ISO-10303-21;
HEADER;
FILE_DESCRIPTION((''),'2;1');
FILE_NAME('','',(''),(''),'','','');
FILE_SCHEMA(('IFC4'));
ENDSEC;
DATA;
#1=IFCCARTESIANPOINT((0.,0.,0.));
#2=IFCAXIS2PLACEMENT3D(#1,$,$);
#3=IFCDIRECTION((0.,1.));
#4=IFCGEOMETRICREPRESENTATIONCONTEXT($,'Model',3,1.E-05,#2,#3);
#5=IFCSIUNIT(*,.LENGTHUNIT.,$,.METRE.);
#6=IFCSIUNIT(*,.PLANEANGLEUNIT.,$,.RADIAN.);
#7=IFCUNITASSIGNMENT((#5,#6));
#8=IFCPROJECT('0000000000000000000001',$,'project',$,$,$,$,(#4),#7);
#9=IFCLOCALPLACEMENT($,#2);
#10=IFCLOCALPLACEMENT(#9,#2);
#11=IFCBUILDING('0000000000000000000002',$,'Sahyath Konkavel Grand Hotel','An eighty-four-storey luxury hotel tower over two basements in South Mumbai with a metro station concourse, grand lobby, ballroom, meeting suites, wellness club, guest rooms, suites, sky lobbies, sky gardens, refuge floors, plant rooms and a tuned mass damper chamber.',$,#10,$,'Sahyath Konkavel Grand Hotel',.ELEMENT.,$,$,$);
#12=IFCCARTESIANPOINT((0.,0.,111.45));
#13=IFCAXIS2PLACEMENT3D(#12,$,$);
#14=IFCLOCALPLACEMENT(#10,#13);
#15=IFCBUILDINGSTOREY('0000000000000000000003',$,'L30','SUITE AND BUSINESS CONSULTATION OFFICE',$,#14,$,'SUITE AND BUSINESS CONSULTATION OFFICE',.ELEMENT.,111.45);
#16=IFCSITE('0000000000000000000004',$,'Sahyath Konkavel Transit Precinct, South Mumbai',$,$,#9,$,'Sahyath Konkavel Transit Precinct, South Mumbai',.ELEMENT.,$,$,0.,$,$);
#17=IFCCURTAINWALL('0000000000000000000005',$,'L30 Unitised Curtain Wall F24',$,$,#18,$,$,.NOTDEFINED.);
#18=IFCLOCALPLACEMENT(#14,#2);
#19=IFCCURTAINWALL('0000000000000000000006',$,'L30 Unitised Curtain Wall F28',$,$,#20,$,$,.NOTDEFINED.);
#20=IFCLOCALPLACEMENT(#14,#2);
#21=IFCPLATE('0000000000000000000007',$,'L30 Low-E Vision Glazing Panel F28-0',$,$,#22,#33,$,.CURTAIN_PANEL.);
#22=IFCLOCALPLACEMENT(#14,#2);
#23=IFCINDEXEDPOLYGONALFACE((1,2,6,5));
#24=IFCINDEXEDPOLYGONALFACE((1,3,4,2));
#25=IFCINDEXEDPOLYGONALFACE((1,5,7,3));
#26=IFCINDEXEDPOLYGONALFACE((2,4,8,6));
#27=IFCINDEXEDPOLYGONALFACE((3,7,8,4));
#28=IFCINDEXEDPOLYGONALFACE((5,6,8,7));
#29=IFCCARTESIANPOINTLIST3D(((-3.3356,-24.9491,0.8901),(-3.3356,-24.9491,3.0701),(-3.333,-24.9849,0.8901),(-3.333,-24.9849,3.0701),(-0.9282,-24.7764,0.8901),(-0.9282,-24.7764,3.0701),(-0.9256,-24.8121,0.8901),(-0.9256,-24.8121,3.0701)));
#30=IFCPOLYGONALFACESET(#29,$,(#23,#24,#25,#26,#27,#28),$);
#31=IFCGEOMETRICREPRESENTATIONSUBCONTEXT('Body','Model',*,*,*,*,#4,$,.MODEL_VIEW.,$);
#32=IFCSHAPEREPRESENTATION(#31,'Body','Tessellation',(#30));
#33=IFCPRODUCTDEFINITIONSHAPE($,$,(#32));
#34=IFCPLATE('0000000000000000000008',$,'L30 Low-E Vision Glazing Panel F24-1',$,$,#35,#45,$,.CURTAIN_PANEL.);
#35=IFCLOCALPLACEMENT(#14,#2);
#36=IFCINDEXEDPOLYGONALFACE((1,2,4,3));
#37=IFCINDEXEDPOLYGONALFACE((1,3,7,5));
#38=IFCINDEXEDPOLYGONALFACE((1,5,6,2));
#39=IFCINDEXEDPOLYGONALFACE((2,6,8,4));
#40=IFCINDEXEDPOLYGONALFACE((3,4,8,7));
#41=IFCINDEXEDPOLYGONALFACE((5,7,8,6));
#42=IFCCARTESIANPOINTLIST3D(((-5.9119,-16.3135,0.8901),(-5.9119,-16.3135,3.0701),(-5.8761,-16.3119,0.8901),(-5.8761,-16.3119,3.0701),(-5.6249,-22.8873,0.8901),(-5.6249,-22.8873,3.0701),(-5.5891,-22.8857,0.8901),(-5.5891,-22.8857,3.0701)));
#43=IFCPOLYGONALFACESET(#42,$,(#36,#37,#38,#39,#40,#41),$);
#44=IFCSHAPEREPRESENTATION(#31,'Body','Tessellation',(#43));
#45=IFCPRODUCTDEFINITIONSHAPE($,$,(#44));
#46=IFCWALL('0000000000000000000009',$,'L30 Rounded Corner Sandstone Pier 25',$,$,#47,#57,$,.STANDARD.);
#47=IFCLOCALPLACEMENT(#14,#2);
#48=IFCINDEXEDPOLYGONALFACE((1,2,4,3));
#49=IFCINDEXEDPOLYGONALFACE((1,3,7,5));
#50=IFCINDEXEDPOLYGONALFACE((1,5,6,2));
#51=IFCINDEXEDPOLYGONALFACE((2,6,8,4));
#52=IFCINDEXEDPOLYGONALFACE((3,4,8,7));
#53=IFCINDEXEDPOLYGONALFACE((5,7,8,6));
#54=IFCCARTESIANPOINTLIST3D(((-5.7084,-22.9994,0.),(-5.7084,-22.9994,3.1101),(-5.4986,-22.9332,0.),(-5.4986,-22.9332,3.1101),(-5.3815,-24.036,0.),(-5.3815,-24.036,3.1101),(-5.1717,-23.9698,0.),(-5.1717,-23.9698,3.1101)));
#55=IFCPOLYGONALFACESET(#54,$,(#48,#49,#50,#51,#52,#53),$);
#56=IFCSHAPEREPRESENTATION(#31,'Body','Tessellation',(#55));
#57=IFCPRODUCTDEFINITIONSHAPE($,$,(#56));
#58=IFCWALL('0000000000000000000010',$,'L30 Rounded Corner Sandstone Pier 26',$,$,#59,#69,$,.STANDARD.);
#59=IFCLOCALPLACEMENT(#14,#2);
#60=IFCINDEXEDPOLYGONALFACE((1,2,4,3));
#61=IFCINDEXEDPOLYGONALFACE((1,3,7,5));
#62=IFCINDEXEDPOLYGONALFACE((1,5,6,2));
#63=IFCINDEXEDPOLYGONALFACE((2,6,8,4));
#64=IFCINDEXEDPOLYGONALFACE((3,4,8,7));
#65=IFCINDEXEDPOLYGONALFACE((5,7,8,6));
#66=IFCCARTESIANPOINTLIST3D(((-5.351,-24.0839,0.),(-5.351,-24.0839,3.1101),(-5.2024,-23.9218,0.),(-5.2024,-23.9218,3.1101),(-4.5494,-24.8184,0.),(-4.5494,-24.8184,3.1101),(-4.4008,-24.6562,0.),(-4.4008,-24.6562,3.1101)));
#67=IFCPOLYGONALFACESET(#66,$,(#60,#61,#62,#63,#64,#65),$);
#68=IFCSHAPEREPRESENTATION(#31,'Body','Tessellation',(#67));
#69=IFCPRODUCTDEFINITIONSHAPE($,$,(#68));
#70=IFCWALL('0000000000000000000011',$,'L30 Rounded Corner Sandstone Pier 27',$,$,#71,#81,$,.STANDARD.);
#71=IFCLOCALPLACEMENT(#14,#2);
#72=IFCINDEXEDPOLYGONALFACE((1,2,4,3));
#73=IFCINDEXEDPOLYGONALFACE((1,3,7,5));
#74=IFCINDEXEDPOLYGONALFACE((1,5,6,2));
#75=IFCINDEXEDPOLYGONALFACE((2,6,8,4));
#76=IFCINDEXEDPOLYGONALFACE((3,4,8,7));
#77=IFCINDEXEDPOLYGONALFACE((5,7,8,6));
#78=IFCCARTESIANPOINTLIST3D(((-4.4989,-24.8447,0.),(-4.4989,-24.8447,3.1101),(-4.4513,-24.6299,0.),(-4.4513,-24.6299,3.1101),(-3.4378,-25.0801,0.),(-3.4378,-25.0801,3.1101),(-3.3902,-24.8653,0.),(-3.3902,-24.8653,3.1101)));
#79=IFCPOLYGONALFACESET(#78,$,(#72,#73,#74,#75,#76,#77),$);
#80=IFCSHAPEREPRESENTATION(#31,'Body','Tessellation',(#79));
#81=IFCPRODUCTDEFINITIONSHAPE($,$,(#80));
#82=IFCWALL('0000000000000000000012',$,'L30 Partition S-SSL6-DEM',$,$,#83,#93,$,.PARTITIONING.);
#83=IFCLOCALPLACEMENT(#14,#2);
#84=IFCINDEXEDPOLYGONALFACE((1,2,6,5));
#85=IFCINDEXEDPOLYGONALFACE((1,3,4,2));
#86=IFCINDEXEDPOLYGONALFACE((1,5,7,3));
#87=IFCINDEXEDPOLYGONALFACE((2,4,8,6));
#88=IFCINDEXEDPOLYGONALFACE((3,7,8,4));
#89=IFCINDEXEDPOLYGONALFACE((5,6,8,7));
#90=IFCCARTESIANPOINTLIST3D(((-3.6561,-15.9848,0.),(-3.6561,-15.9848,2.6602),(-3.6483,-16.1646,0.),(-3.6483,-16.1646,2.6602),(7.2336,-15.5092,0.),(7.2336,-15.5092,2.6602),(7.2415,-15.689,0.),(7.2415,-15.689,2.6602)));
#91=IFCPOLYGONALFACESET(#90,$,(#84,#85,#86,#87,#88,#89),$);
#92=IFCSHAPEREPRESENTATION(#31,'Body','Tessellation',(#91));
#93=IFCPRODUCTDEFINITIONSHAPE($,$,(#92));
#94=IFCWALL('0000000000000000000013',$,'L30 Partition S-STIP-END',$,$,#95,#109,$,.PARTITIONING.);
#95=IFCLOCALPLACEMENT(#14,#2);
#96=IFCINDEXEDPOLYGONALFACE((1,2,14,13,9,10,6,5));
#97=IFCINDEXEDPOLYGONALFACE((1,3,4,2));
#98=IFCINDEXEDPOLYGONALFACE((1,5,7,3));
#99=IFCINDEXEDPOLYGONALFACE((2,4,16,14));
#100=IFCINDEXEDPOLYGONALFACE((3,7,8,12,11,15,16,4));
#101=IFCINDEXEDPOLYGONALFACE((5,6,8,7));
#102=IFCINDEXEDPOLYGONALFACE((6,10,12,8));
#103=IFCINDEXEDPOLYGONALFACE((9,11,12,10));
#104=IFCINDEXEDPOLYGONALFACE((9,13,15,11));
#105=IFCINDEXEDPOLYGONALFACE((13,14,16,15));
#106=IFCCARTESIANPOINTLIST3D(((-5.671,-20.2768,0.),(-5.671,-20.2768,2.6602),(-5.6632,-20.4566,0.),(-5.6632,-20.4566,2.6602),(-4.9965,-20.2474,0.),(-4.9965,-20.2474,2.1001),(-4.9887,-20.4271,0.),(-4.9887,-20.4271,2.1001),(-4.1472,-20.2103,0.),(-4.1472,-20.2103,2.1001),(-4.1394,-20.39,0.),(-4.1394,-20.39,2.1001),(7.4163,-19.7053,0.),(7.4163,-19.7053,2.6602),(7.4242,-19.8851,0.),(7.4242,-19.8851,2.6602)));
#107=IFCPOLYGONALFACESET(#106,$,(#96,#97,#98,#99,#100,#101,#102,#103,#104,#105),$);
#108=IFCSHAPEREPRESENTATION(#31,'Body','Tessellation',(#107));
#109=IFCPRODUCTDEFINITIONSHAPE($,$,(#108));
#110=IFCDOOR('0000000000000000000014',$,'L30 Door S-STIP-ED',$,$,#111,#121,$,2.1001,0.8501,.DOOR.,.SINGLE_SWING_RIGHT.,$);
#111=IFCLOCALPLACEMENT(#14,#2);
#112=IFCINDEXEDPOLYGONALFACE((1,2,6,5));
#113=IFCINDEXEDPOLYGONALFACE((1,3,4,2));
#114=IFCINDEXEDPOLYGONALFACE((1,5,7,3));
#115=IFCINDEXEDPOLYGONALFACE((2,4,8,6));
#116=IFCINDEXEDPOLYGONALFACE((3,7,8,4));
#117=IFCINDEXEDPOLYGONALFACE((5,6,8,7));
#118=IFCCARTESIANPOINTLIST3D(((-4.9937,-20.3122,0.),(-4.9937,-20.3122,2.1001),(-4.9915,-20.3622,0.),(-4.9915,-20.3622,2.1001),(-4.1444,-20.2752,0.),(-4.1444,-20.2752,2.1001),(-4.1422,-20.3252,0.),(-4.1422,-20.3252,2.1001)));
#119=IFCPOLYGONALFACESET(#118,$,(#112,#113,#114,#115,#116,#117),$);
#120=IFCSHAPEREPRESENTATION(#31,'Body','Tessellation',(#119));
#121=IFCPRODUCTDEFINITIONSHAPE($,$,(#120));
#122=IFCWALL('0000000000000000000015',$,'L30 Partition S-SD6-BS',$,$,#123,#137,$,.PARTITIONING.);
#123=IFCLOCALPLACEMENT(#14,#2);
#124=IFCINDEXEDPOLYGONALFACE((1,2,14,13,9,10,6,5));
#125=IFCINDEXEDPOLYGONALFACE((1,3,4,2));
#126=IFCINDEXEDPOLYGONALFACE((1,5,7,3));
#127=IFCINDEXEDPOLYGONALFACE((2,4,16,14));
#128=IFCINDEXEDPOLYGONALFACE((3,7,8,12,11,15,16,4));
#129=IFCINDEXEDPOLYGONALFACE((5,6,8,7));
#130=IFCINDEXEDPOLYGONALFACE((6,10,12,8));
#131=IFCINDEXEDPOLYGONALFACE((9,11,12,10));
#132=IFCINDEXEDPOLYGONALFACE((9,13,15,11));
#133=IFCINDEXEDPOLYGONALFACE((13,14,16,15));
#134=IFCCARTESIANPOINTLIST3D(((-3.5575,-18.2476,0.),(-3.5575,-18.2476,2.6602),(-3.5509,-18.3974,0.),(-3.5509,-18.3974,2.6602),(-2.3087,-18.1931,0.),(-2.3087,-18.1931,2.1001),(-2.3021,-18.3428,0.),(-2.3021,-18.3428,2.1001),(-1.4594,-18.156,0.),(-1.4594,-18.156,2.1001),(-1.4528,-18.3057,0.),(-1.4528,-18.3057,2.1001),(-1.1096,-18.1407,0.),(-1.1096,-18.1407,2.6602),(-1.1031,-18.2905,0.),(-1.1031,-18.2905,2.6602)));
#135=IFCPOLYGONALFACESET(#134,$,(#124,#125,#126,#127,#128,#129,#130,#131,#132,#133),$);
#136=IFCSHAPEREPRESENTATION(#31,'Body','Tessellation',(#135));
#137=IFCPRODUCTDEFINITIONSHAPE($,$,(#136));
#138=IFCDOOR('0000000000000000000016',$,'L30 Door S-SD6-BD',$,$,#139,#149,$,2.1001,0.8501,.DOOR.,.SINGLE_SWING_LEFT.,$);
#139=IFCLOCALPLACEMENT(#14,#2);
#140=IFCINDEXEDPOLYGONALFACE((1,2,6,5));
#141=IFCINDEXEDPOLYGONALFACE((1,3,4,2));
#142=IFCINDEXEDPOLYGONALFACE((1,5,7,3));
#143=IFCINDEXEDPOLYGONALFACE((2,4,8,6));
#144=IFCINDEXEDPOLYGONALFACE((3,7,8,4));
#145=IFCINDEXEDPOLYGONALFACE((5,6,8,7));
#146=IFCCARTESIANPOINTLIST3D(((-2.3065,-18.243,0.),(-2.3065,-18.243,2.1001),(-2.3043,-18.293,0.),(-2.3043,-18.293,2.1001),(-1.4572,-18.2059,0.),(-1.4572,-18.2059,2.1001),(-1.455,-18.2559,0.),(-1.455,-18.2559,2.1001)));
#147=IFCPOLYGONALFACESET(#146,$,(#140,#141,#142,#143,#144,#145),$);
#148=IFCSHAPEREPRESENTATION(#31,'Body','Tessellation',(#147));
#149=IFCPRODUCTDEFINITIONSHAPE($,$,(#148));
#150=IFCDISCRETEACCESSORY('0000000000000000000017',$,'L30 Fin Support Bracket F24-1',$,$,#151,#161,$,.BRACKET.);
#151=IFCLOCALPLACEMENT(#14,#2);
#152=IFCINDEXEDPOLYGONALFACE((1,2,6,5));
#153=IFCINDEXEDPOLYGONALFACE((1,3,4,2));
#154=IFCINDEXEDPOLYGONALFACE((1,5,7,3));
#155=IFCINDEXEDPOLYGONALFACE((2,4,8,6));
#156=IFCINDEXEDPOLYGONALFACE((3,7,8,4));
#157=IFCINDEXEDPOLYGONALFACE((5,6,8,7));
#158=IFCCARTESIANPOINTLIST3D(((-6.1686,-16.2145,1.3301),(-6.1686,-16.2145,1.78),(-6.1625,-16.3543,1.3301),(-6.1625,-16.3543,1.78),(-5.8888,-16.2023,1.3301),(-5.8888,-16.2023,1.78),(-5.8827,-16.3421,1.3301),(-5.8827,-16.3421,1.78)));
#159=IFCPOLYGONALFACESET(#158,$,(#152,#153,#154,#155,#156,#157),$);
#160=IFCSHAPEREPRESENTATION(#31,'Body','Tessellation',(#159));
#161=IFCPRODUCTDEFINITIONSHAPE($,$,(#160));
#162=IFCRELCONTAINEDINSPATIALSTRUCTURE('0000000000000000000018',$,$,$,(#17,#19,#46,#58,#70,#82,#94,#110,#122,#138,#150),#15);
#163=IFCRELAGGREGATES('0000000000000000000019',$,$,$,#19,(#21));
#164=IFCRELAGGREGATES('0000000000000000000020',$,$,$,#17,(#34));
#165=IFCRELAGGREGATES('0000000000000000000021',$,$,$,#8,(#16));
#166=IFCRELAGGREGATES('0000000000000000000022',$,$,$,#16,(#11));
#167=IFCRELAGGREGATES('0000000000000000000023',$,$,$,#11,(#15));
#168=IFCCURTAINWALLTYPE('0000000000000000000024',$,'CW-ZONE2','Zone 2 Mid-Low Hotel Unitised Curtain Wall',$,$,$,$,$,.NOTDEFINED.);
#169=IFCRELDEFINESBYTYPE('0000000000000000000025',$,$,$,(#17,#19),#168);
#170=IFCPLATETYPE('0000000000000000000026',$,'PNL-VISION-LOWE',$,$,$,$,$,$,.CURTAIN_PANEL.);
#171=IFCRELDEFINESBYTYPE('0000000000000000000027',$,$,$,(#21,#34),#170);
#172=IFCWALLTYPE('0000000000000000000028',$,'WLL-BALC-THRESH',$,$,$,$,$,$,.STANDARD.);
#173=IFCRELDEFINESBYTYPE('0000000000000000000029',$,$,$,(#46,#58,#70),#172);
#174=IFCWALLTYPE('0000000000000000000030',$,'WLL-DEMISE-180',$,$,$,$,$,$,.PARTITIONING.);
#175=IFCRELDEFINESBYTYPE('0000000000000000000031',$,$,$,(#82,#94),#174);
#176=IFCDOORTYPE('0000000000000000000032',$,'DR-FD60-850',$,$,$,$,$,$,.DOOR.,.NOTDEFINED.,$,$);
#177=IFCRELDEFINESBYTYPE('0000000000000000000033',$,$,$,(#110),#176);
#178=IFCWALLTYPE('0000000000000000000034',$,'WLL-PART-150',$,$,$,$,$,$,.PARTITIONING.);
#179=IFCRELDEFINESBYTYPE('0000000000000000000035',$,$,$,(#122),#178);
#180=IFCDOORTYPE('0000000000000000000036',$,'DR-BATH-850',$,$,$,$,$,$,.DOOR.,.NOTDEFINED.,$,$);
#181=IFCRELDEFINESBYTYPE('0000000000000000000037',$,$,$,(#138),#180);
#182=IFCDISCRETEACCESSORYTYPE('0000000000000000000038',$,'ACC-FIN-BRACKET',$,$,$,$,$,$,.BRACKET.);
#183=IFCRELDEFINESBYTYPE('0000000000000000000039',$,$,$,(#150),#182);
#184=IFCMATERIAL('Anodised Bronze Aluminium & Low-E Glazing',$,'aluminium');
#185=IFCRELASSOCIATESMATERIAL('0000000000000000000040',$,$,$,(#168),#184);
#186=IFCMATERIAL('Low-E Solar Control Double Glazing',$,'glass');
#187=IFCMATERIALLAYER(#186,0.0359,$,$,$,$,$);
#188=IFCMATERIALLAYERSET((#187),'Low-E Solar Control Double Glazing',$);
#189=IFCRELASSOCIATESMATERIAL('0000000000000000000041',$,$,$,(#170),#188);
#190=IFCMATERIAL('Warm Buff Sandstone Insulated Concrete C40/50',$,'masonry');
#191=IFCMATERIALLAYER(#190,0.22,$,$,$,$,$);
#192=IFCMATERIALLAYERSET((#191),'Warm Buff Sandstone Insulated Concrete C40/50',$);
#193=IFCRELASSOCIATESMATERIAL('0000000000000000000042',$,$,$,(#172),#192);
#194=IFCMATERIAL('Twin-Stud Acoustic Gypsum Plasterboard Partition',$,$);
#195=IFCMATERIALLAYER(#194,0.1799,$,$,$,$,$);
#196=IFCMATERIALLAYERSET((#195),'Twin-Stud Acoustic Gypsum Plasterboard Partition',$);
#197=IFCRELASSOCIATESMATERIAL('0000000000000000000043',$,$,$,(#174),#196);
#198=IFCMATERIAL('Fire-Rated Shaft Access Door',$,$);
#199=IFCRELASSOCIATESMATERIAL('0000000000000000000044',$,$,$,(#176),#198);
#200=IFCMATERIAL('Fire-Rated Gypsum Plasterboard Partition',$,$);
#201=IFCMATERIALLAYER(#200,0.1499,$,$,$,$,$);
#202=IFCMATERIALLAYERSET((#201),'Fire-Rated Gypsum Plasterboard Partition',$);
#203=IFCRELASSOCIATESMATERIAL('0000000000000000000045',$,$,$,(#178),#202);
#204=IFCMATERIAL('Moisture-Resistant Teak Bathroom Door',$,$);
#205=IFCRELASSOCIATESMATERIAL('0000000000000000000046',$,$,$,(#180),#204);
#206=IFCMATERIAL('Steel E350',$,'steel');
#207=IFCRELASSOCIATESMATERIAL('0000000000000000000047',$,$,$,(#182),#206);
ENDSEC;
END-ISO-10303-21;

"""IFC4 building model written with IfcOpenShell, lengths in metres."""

from ifc_helpers import new_model, si_unit, direction, frame, frame_2d, origin, origin_2d, place, context, subcontext, project, spatial, rectangle, extrude, source, transform, mapped, material, layer, layer_set, type_object, element, fill, aggregate, save


model = new_model("IFC4")

# Units and contexts
model_context = context("Model", 3, precision=1e-05, world=origin(), true_north=direction((0.0, 1.0)))
body_context = subcontext(model_context, "Body", "Model", "MODEL_VIEW")
ifc_project = project(units=[si_unit("LENGTHUNIT", "METRE"), si_unit("PLANEANGLEUNIT", "RADIAN")], contexts=[model_context])

# Site, building, storey
site_placement = place(None, origin())
site = spatial("IfcSite", under=ifc_project, at=site_placement, Name="Sahyath Konkavel Transit Precinct, South Mumbai", LongName="Sahyath Konkavel Transit Precinct, South Mumbai", CompositionType="ELEMENT", RefElevation=0.0)
building_placement = place(site_placement, origin())
building = spatial("IfcBuilding", under=site, at=building_placement, Name="Sahyath Konkavel Grand Hotel", Description="An eighty-four-storey luxury hotel tower over two basements in South Mumbai with a metro station concourse, grand lobby, ballroom, meeting suites, wellness club, guest rooms, suites, sky lobbies, sky gardens, refuge floors, plant rooms and a tuned mass damper chamber.", LongName="Sahyath Konkavel Grand Hotel", CompositionType="ELEMENT")
storey_placement = place(building_placement, frame((0.0, 0.0, 111.45)))
storey = spatial("IfcBuildingStorey", under=building, at=storey_placement, Name="L30", Description="SUITE AND BUSINESS CONSULTATION OFFICE", LongName="SUITE AND BUSINESS CONSULTATION OFFICE", CompositionType="ELEMENT", Elevation=111.45)

# Shared definitions
ifc_material_1 = material(Name="Steel E350", Category="steel")

# Curtain walls
ifc_material_2 = material(Name="Anodised Bronze Aluminium & Low-E Glazing", Category="aluminium")
curtain_wall_type = type_object("IfcCurtainWallType", Name="CW-ZONE2", Description="Zone 2 Mid-Low Hotel Unitised Curtain Wall", PredefinedType="NOTDEFINED", material=ifc_material_2)
curtain_wall_1_placement = place(storey_placement, origin())
curtain_wall_1 = element("IfcCurtainWall", 1, at=curtain_wall_1_placement, inside=storey, type_object=curtain_wall_type, Name="L30 Unitised Curtain Wall F24", PredefinedType="NOTDEFINED")
curtain_wall_2_placement = place(storey_placement, origin())
curtain_wall_2 = element("IfcCurtainWall", 2, at=curtain_wall_2_placement, inside=storey, type_object=curtain_wall_type, Name="L30 Unitised Curtain Wall F28", PredefinedType="NOTDEFINED")

# Plates
ifc_material_3 = material(Name="Low-E Solar Control Double Glazing", Category="glass")
ifc_layer_1 = layer(ifc_material_3, 0.0359)
ifc_layer_set_1 = layer_set([ifc_layer_1], Name="Low-E Solar Control Double Glazing")
plate_type_1 = type_object("IfcPlateType", Name="PNL-VISION-LOWE", PredefinedType="CURTAIN_PANEL", material=ifc_layer_set_1)
shared_shape_1 = source(origin(), body_context, "Body", "SweptSolid", [
    extrude(rectangle(XDim=2.4136, YDim=0.0359, at=origin_2d()), origin(), (0.0, 0.0, 1.0), 2.1799),
])
plate_1_placement = place(storey_placement, frame((-2.1306, -24.8806, 0.8901), z_axis=(0.0, 0.0, 1.0), x_axis=(0.997436, 0.071567, 0.0)))
plate_1 = element("IfcPlate", 3, at=plate_1_placement, type_object=plate_type_1, Name="L30 Low-E Vision Glazing Panel F28-0", PredefinedType="CURTAIN_PANEL", context=body_context, shape_type="MappedRepresentation", body=[
    mapped(shared_shape_1, transform((0.0, 0.0, 0.0), scale=1.0)),
])
aggregate(curtain_wall_2, [plate_1])
shared_shape_2 = source(origin(), body_context, "Body", "SweptSolid", [
    extrude(rectangle(XDim=6.5801, YDim=0.0359, at=origin_2d()), origin(), (0.0, 0.0, 1.0), 2.1799),
])
plate_2_placement = place(storey_placement, frame((-5.7505, -19.5996, 0.8901), z_axis=(0.0, 0.0, 1.0), x_axis=(0.043619, -0.999048, 0.0)))
plate_2 = element("IfcPlate", 4, at=plate_2_placement, type_object=plate_type_1, Name="L30 Low-E Vision Glazing Panel F24-1", PredefinedType="CURTAIN_PANEL", context=body_context, shape_type="MappedRepresentation", body=[
    mapped(shared_shape_2, transform((0.0, 0.0, 0.0), scale=1.0)),
])
aggregate(curtain_wall_1, [plate_2])

# Walls
ifc_material_4 = material(Name="Warm Buff Sandstone Insulated Concrete C40/50", Category="masonry")
ifc_layer_2 = layer(ifc_material_4, 0.22)
ifc_layer_set_2 = layer_set([ifc_layer_2], Name="Warm Buff Sandstone Insulated Concrete C40/50")
wall_type_1 = type_object("IfcWallType", Name="WLL-BALC-THRESH", PredefinedType="STANDARD", material=ifc_layer_set_2)
wall_1_placement = place(storey_placement, frame((-5.6035, -22.9663, 0.0), z_axis=(0.0, 0.0, 1.0), x_axis=(0.300755, -0.953701, 0.0)))
element("IfcWall", 5, at=wall_1_placement, inside=storey, type_object=wall_type_1, Name="L30 Rounded Corner Sandstone Pier 25", PredefinedType="STANDARD", context=body_context, shape_type="SweptSolid", body=[
    extrude(rectangle(XDim=1.0869, YDim=0.22, at=frame_2d((0.5435, 0.0))), origin(), (0.0, 0.0, 1.0), 3.1101),
])
wall_2_placement = place(storey_placement, frame((-5.2766, -24.0029, 0.0), z_axis=(0.0, 0.0, 1.0), x_axis=(0.737313, -0.675552, 0.0)))
element("IfcWall", 6, at=wall_2_placement, inside=storey, type_object=wall_type_1, Name="L30 Rounded Corner Sandstone Pier 26", PredefinedType="STANDARD", context=body_context, shape_type="SweptSolid", body=[
    extrude(rectangle(XDim=1.0872, YDim=0.22, at=frame_2d((0.5435, 0.0))), origin(), (0.0, 0.0, 1.0), 3.1101),
])
wall_3_placement = place(storey_placement, frame((-4.4751, -24.7373, 0.0), z_axis=(0.0, 0.0, 1.0), x_axis=(0.976272, -0.21655, 0.0)))
element("IfcWall", 7, at=wall_3_placement, inside=storey, type_object=wall_type_1, Name="L30 Rounded Corner Sandstone Pier 27", PredefinedType="STANDARD", context=body_context, shape_type="SweptSolid", body=[
    extrude(rectangle(XDim=1.0869, YDim=0.22, at=frame_2d((0.5435, 0.0))), origin(), (0.0, 0.0, 1.0), 3.1101),
])
ifc_material_5 = material(Name="Twin-Stud Acoustic Gypsum Plasterboard Partition")
ifc_layer_3 = layer(ifc_material_5, 0.1799)
ifc_layer_set_3 = layer_set([ifc_layer_3], Name="Twin-Stud Acoustic Gypsum Plasterboard Partition")
wall_type_2 = type_object("IfcWallType", Name="WLL-DEMISE-180", PredefinedType="PARTITIONING", material=ifc_layer_set_3)
wall_4_placement = place(storey_placement, frame((-3.6523, -16.0747, 0.0), z_axis=(0.0, 0.0, 1.0), x_axis=(0.999048, 0.043632, 0.0)))
element("IfcWall", 8, at=wall_4_placement, inside=storey, type_object=wall_type_2, Name="L30 Partition S-SSL6-DEM", PredefinedType="PARTITIONING", context=body_context, shape_type="SweptSolid", body=[
    extrude(rectangle(XDim=10.9001, YDim=0.1799, at=frame_2d((5.4502, 0.0))), origin(), (0.0, 0.0, 1.0), 2.6602),
])

# Walls, openings, doors
wall_5_placement = place(storey_placement, frame((-5.667, -20.3667, 0.0), z_axis=(0.0, 0.0, 1.0), x_axis=(0.999048, 0.043629, 0.0)))
wall_5 = element("IfcWall", 9, at=wall_5_placement, inside=storey, type_object=wall_type_2, Name="L30 Partition S-STIP-END", PredefinedType="PARTITIONING", context=body_context, shape_type="SweptSolid", body=[
    extrude(rectangle(XDim=13.0999, YDim=0.1799, at=frame_2d((6.5498, 0.0))), origin(), (0.0, 0.0, 1.0), 2.6602),
])
opening_1_placement = place(wall_5_placement, frame((0.675, 0.0, 0.0)))
opening_1 = element("IfcOpeningElement", 10, at=opening_1_placement, cuts=wall_5, PredefinedType="OPENING", context=body_context, shape_type="SweptSolid", body=[
    extrude(rectangle(XDim=0.8501, YDim=2.1001, at=frame_2d((0.425, 1.05))), frame((0.0, 0.1001, 0.0), z_axis=(0.0, -1.0, 0.0), x_axis=(1.0, 0.0, 0.0)), (0.0, 0.0, 1.0), 0.2),
])
ifc_material_6 = material(Name="Fire-Rated Shaft Access Door")
door_type_1 = type_object("IfcDoorType", Name="DR-FD60-850", OperationType="NOTDEFINED", PredefinedType="DOOR", material=ifc_material_6)
shared_shape_3 = source(origin(), body_context, "Body", "SweptSolid", [
    extrude(rectangle(XDim=0.8501, YDim=0.05, at=origin_2d()), origin(), (0.0, 0.0, 1.0), 2.1001),
])
door_1_placement = place(opening_1_placement, frame((0.425, 0.0, 0.0)))
door_1 = element("IfcDoor", 11, at=door_1_placement, inside=storey, type_object=door_type_1, Name="L30 Door S-STIP-ED", OperationType="SINGLE_SWING_RIGHT", OverallHeight=2.1001, OverallWidth=0.8501, PredefinedType="DOOR", context=body_context, shape_type="MappedRepresentation", body=[
    mapped(shared_shape_3, transform((0.0, 0.0, 0.0), scale=1.0)),
])
fill(opening_1, door_1)
ifc_material_7 = material(Name="Fire-Rated Gypsum Plasterboard Partition")
ifc_layer_4 = layer(ifc_material_7, 0.1499)
ifc_layer_set_4 = layer_set([ifc_layer_4], Name="Fire-Rated Gypsum Plasterboard Partition")
wall_type_3 = type_object("IfcWallType", Name="WLL-PART-150", PredefinedType="PARTITIONING", material=ifc_layer_set_4)
wall_6_placement = place(storey_placement, frame((-3.5542, -18.3225, 0.0), z_axis=(0.0, 0.0, 1.0), x_axis=(0.999047, 0.043645, 0.0)))
wall_6 = element("IfcWall", 12, at=wall_6_placement, inside=storey, type_object=wall_type_3, Name="L30 Partition S-SD6-BS", PredefinedType="PARTITIONING", context=body_context, shape_type="SweptSolid", body=[
    extrude(rectangle(XDim=2.4502, YDim=0.1499, at=frame_2d((1.2251, 0.0))), origin(), (0.0, 0.0, 1.0), 2.6602),
])
opening_2_placement = place(wall_6_placement, frame((1.25, 0.0, 0.0)))
opening_2 = element("IfcOpeningElement", 13, at=opening_2_placement, cuts=wall_6, PredefinedType="OPENING", context=body_context, shape_type="SweptSolid", body=[
    extrude(rectangle(XDim=0.8501, YDim=2.1001, at=frame_2d((0.425, 1.05))), frame((0.0, 0.085, 0.0), z_axis=(0.0, -1.0, 0.0), x_axis=(1.0, 0.0, 0.0)), (0.0, 0.0, 1.0), 0.1699),
])
ifc_material_8 = material(Name="Moisture-Resistant Teak Bathroom Door")
door_type_2 = type_object("IfcDoorType", Name="DR-BATH-850", OperationType="NOTDEFINED", PredefinedType="DOOR", material=ifc_material_8)
door_2_placement = place(opening_2_placement, frame((0.425, 0.0, 0.0)))
door_2 = element("IfcDoor", 14, at=door_2_placement, inside=storey, type_object=door_type_2, Name="L30 Door S-SD6-BD", OperationType="SINGLE_SWING_LEFT", OverallHeight=2.1001, OverallWidth=0.8501, PredefinedType="DOOR", context=body_context, shape_type="MappedRepresentation", body=[
    mapped(shared_shape_3, transform((0.0, 0.0, 0.0), scale=1.0)),
])
fill(opening_2, door_2)

# Discrete accessory
discrete_accessory_type = type_object("IfcDiscreteAccessoryType", Name="ACC-FIN-BRACKET", PredefinedType="BRACKET", material=ifc_material_1)
shared_shape_4 = source(origin(), body_context, "Body", "SweptSolid", [
    extrude(rectangle(XDim=0.28, YDim=0.1399, at=origin_2d()), origin(), (0.0, 0.0, 1.0), 0.45),
])
discrete_accessory_placement = place(storey_placement, frame((-6.0256, -16.2783, 1.3301), z_axis=(0.0, 0.0, 1.0), x_axis=(-0.999048, -0.043619, 0.0)))
element("IfcDiscreteAccessory", 15, at=discrete_accessory_placement, inside=storey, type_object=discrete_accessory_type, Name="L30 Fin Support Bracket F24-1", PredefinedType="BRACKET", context=body_context, shape_type="MappedRepresentation", body=[
    mapped(shared_shape_4, transform((0.0, 0.0, 0.0), scale=1.0)),
])

save(model, "model.ifc")
